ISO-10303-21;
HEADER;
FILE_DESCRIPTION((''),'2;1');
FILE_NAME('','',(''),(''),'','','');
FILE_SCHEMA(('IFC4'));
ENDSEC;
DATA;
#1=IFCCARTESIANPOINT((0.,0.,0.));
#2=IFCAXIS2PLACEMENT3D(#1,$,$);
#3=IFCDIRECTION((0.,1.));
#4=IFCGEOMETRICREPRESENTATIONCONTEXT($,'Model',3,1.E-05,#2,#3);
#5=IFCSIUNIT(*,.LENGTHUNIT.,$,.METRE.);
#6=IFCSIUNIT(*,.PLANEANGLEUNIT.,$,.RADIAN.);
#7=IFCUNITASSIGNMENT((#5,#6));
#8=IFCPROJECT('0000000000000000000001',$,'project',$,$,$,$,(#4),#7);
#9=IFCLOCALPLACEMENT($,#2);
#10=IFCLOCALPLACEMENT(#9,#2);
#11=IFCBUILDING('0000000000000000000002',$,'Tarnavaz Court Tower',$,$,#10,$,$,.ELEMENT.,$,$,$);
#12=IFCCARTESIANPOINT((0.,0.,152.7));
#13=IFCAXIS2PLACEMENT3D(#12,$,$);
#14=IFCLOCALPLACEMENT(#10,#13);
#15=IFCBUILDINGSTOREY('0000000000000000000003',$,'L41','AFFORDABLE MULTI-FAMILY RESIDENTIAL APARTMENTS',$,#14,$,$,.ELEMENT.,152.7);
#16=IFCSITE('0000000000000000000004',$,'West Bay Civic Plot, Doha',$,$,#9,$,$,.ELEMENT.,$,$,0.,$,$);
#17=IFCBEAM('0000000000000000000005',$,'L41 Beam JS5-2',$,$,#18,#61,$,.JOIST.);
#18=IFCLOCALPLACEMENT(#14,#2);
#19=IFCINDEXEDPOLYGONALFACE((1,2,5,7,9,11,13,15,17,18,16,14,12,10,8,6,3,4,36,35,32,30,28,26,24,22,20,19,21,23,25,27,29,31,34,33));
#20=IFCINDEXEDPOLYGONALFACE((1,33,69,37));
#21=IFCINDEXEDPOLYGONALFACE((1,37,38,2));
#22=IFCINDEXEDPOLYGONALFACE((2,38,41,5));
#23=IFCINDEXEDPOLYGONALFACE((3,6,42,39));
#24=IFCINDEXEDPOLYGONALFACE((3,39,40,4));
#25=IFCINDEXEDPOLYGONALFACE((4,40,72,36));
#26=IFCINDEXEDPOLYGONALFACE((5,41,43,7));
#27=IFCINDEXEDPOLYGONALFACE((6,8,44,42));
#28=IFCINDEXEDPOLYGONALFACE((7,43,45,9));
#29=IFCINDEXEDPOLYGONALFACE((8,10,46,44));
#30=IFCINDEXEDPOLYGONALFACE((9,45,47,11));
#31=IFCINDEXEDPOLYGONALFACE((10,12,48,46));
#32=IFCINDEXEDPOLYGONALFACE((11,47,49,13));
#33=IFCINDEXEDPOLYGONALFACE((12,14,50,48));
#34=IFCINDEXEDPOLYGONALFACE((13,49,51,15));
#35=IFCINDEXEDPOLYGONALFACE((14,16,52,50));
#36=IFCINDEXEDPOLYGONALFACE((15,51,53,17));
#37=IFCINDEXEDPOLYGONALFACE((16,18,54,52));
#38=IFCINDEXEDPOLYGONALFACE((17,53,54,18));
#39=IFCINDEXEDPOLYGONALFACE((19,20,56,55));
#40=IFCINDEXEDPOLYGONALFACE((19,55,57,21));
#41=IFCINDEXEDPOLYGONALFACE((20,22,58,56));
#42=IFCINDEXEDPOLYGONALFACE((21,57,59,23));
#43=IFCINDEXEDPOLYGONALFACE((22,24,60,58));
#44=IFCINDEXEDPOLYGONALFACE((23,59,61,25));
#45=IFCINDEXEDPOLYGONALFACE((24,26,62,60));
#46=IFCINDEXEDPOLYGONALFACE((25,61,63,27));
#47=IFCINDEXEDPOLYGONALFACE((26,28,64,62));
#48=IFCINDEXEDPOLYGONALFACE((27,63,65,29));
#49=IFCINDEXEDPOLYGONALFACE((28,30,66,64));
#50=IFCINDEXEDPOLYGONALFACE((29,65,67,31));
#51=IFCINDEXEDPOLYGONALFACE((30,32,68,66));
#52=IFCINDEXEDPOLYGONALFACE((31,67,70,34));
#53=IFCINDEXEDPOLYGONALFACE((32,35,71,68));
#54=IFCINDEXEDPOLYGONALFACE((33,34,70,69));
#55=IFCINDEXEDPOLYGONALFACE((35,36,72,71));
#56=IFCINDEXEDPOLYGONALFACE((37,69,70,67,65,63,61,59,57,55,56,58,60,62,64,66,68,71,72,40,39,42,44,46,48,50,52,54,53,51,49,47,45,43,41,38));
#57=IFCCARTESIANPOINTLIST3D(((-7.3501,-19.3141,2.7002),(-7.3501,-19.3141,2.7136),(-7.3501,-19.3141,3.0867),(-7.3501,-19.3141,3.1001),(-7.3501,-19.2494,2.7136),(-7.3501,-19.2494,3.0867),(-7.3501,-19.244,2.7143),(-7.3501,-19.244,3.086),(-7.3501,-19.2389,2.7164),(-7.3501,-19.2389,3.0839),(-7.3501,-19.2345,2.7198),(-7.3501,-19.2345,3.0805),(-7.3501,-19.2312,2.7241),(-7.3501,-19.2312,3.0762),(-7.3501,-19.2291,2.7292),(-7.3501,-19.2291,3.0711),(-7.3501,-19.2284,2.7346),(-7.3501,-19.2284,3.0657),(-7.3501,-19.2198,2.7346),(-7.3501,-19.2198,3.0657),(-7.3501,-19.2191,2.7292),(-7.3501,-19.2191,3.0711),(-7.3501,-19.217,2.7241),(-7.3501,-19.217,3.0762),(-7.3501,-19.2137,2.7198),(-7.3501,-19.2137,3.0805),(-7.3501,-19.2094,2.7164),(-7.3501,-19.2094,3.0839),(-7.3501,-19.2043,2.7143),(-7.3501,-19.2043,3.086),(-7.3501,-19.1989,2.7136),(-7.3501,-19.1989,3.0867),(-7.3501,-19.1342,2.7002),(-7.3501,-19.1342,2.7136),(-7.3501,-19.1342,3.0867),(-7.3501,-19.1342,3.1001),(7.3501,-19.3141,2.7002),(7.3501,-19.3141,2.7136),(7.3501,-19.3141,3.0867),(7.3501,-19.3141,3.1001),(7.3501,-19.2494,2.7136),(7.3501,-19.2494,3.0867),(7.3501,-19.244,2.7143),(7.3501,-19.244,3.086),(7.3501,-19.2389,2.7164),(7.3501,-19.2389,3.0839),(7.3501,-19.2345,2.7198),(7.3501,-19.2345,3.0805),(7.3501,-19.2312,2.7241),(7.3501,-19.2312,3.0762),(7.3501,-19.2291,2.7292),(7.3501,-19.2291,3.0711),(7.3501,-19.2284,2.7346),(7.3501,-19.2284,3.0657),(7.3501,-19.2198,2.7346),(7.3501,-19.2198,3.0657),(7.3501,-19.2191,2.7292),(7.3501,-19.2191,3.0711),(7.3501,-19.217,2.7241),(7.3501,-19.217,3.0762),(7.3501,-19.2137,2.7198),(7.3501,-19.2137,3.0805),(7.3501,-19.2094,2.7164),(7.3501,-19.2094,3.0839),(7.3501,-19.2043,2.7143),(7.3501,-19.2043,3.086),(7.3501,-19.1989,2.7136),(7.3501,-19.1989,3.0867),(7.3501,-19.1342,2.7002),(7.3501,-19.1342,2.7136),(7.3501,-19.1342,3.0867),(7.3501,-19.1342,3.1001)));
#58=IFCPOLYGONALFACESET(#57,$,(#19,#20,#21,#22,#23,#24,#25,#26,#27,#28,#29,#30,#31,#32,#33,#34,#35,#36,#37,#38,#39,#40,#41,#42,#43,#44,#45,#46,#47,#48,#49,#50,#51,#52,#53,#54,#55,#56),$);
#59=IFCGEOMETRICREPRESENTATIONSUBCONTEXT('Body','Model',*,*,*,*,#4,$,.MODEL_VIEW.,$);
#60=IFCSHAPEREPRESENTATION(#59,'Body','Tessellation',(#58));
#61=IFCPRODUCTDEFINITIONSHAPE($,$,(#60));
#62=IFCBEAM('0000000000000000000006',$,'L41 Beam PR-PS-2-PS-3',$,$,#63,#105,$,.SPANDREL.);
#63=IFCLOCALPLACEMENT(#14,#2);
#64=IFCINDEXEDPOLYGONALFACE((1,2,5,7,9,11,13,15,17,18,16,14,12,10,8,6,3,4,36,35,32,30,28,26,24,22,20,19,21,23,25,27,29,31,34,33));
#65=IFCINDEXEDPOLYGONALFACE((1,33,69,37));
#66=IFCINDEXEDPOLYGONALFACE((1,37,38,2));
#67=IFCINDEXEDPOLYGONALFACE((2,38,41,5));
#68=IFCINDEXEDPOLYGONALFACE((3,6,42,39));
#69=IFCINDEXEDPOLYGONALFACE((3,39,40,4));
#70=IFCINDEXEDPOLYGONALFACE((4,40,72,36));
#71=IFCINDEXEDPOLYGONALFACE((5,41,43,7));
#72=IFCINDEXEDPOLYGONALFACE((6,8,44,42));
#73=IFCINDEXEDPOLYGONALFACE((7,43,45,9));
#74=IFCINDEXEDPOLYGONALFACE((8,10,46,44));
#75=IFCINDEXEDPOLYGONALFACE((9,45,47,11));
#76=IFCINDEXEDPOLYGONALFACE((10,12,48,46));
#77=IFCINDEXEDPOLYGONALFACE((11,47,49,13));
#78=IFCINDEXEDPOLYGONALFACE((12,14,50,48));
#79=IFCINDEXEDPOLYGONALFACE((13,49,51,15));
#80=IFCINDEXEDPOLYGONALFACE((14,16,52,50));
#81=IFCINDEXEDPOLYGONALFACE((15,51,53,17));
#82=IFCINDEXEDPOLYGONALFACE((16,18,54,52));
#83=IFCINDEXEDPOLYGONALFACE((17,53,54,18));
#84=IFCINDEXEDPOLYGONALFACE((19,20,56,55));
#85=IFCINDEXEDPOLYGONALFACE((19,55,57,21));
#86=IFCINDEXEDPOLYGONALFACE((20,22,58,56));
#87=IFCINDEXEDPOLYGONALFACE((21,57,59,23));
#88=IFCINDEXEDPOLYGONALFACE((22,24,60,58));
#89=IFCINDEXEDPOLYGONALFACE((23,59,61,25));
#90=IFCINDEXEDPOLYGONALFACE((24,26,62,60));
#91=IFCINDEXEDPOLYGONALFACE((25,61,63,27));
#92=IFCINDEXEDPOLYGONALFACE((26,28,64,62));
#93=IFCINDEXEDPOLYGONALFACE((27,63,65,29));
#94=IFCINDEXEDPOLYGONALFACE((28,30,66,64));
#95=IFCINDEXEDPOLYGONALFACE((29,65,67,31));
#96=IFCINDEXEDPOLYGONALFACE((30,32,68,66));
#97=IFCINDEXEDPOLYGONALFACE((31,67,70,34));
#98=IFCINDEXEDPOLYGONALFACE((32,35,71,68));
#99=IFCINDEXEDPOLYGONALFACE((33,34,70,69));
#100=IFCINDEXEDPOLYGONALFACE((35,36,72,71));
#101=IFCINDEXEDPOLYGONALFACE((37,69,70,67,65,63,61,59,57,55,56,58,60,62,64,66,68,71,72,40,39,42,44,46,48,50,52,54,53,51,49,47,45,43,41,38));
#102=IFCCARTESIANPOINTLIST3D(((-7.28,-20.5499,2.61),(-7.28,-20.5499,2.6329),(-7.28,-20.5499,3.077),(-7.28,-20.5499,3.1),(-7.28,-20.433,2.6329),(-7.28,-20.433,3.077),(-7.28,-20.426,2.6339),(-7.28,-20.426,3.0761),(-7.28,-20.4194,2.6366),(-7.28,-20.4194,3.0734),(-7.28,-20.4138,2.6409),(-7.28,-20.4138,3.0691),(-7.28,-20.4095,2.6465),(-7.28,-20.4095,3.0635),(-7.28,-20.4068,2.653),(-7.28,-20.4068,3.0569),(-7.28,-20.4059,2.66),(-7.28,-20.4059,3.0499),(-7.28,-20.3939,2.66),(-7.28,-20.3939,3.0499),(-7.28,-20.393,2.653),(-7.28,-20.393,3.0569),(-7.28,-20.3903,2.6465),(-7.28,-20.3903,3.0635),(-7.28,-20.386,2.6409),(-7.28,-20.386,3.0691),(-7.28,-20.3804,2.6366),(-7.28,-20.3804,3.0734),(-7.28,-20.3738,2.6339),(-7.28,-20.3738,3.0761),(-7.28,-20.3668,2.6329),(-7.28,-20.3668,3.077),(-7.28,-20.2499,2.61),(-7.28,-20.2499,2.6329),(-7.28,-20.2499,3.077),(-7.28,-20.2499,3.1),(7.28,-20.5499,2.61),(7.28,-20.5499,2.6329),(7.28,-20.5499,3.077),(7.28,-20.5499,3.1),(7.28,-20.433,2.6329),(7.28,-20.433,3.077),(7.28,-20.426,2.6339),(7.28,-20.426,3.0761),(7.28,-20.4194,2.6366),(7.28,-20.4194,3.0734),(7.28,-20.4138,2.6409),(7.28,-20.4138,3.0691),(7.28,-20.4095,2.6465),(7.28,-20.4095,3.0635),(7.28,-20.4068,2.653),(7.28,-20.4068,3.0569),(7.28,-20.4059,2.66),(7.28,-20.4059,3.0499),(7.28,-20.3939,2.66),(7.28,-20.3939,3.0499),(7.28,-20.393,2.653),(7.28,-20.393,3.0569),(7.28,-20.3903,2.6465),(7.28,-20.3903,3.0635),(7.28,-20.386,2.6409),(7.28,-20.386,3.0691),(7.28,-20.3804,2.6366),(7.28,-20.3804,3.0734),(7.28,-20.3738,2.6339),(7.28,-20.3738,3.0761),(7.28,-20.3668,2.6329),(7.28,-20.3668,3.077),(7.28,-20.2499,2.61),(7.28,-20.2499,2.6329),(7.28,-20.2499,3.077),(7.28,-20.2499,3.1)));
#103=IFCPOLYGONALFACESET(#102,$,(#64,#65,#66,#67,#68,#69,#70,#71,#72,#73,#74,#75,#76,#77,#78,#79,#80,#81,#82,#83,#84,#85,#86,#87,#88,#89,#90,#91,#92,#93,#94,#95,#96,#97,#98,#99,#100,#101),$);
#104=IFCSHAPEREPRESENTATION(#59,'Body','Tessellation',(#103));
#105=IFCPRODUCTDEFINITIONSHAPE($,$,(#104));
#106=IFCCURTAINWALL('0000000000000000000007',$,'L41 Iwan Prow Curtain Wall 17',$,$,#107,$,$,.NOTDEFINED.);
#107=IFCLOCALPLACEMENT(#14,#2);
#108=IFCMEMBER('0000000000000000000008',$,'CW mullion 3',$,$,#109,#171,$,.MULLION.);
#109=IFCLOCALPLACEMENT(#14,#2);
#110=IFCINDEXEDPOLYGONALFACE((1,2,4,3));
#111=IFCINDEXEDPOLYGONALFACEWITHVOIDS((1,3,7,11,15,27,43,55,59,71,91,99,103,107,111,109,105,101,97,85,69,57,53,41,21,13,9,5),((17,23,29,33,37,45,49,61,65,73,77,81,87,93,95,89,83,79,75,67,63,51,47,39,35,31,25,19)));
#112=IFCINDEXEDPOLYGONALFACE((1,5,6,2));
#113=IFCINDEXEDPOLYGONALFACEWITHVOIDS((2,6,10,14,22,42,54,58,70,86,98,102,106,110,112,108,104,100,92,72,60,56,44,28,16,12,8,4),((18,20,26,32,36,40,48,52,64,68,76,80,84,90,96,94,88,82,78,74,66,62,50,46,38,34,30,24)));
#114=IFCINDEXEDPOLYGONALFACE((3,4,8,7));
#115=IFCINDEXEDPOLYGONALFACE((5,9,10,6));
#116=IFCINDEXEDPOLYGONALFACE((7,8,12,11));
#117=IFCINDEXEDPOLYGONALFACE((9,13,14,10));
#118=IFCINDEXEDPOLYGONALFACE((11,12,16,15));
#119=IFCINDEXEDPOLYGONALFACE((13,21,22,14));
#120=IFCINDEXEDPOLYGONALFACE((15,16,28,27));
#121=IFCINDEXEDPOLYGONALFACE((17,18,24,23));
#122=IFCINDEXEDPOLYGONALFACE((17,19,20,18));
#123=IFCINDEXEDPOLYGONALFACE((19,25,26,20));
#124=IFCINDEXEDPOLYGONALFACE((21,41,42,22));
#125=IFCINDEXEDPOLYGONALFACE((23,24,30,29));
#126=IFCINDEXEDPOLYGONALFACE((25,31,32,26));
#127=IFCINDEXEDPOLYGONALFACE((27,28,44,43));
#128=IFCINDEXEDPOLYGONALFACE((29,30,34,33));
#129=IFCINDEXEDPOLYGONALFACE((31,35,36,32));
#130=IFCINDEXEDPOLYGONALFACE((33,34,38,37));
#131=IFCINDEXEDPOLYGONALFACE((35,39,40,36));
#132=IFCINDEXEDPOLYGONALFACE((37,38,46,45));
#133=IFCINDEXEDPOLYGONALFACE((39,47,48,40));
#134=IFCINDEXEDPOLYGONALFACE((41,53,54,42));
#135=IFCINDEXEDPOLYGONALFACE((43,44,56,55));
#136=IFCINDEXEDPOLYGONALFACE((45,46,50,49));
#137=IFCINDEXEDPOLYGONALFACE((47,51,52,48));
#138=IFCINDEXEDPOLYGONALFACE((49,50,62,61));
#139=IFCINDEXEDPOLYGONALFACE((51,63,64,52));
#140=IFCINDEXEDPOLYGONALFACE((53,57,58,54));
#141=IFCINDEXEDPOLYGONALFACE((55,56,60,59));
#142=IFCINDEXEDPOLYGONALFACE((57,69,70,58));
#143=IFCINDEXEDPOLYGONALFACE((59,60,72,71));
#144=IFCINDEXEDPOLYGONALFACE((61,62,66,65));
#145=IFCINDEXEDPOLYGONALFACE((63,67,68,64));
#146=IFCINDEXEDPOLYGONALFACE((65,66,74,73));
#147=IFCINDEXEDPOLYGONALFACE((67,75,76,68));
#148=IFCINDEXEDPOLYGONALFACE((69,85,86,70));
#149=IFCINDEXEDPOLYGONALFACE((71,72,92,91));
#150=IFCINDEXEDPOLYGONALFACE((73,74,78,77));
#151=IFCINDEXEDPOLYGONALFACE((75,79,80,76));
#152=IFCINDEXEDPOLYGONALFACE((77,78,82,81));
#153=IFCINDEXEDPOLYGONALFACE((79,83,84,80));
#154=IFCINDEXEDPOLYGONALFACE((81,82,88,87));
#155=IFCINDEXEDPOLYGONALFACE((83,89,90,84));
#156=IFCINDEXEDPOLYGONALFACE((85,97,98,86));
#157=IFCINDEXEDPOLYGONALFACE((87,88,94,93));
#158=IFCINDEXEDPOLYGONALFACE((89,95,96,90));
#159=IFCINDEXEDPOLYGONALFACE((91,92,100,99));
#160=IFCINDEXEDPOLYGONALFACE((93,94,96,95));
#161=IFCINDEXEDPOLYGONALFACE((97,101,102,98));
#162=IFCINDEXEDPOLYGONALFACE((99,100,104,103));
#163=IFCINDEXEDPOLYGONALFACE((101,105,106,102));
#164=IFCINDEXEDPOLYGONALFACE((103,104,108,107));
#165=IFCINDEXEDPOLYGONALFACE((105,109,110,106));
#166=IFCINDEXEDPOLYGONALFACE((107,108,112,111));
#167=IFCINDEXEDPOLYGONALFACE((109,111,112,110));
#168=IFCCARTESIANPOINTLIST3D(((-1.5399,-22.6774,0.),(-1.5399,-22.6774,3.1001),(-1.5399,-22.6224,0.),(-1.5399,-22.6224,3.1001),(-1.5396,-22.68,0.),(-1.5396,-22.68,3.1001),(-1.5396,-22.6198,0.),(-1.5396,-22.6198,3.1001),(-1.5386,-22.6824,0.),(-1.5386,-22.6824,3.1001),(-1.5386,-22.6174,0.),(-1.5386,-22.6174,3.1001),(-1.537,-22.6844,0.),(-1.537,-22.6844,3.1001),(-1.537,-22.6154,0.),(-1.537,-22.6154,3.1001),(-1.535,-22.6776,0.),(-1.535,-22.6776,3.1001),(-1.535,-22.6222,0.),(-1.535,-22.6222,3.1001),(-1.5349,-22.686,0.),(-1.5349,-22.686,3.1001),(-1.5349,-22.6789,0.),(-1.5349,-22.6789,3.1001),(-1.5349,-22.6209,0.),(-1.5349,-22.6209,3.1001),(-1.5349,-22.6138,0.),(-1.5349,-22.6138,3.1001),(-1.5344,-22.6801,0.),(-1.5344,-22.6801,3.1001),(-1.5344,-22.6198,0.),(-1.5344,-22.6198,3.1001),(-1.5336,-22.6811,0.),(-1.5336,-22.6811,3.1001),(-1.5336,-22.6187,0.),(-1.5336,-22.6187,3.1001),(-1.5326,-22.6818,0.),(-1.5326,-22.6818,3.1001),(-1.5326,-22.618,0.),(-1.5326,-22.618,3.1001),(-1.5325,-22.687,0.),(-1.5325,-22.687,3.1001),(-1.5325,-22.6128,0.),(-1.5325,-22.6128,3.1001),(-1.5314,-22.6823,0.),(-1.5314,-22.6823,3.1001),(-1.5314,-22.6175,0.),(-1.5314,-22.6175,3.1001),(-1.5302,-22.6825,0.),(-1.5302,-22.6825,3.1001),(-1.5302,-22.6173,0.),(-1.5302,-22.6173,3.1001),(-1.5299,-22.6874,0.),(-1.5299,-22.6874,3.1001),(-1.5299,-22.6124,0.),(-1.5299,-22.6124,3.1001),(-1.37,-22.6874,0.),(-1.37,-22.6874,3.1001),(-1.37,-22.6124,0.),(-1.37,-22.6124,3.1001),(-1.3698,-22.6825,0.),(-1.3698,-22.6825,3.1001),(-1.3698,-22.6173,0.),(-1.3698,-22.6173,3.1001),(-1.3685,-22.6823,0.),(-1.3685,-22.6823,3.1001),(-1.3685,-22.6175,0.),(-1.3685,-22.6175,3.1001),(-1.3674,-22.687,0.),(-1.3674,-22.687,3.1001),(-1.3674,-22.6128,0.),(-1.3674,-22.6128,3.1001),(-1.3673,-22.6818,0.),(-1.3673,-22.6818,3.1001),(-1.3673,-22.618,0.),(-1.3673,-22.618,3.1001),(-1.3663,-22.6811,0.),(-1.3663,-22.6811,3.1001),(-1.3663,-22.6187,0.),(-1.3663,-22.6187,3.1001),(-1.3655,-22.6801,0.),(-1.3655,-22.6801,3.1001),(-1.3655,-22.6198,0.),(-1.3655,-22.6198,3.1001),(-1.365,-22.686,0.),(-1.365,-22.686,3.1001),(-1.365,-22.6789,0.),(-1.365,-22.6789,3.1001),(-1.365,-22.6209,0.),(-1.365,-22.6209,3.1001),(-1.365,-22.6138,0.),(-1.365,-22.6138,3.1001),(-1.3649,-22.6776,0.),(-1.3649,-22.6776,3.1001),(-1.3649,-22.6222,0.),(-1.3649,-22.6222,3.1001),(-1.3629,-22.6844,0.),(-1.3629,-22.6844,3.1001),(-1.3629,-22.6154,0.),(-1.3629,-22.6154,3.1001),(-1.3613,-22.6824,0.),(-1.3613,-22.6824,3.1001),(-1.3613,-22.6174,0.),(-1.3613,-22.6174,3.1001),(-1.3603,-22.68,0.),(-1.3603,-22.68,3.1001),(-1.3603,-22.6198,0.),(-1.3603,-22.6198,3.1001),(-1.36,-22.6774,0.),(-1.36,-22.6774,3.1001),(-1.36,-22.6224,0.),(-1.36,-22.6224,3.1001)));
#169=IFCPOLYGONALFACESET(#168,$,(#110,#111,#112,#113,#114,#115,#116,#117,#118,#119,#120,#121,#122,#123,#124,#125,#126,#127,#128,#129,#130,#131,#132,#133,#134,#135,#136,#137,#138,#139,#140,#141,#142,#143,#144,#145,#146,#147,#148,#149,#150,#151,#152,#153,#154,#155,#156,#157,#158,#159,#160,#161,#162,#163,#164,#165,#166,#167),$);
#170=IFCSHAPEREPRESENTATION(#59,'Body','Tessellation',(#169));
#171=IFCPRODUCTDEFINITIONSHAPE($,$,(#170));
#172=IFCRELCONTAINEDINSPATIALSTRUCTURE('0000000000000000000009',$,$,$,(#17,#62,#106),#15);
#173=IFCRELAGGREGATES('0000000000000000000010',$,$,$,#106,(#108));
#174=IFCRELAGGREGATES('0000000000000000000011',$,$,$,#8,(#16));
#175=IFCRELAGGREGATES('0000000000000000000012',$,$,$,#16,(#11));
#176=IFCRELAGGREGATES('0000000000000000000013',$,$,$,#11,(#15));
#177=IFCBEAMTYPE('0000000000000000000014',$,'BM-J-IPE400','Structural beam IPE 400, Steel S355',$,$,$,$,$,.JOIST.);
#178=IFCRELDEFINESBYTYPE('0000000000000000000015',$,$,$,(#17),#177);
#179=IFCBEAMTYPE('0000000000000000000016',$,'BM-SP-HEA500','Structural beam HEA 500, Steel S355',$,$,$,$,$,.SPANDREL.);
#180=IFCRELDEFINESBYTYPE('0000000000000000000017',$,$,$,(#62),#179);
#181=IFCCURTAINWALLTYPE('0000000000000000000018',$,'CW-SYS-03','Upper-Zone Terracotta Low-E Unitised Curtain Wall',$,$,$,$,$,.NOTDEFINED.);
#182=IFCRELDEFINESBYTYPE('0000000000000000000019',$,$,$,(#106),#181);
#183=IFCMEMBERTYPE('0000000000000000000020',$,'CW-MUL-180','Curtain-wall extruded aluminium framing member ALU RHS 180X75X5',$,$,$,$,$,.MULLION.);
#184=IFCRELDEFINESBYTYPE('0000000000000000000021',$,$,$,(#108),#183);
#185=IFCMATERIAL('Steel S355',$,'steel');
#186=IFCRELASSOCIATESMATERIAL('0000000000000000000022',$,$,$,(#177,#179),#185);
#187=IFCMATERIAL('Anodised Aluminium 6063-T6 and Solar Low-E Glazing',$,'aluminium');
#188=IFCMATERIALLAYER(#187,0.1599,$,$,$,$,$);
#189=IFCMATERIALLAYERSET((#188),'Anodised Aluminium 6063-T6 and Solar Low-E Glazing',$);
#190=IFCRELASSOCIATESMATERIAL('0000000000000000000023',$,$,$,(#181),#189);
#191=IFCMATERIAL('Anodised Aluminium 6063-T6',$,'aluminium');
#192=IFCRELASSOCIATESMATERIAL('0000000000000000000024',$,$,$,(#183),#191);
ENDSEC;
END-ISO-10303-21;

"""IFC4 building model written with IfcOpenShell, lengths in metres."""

from ifc_helpers import new_model, si_unit, direction, frame, origin, origin_2d, place, context, subcontext, project, spatial, hollow_rectangle, i_section, extrude, material, layer, layer_set, material_profile, profile_set, type_object, element, aggregate, save


model = new_model("IFC4")

# Units and contexts
model_context = context("Model", 3, precision=1e-05, world=origin(), true_north=direction((0.0, 1.0)))
body_context = subcontext(model_context, "Body", "Model", "MODEL_VIEW")
ifc_project = project(units=[si_unit("LENGTHUNIT", "METRE"), si_unit("PLANEANGLEUNIT", "RADIAN")], contexts=[model_context])

# Site, building, storey
site_placement = place(None, origin())
site = spatial("IfcSite", under=ifc_project, at=site_placement, Name="West Bay Civic Plot, Doha", CompositionType="ELEMENT", RefElevation=0.0)
building_placement = place(site_placement, origin())
building = spatial("IfcBuilding", under=site, at=building_placement, Name="Tarnavaz Court Tower", CompositionType="ELEMENT")
storey_placement = place(building_placement, frame((0.0, 0.0, 152.7)))
storey = spatial("IfcBuildingStorey", under=building, at=storey_placement, Name="L41", Description="AFFORDABLE MULTI-FAMILY RESIDENTIAL APARTMENTS", CompositionType="ELEMENT", Elevation=152.7)

# Beams
ifc_material_1 = material(Name="Steel S355", Category="steel")
ifc_material_profile_1 = material_profile(ifc_material_1, i_section(OverallWidth=0.1799, OverallDepth=0.3999, WebThickness=0.0085, FlangeThickness=0.0134, FilletRadius=0.021, at=origin_2d()), Name="IPE 400")
ifc_profile_set_1 = profile_set([ifc_material_profile_1], Name="Steel S355")
beam_type_1 = type_object("IfcBeamType", Name="BM-J-IPE400", Description="Structural beam IPE 400, Steel S355", PredefinedType="JOIST", material=ifc_profile_set_1)
for number, where, z_axis, x_axis, name in (
    (1, (-7.3501, -19.2241, 2.9001), (1.0, 0.0, 0.0), (0.0, 1.0, 0.0), "L41 Beam JS5-2"),
):
    element("IfcBeam", number, at=place(storey_placement, frame(where, z_axis=z_axis, x_axis=x_axis)), inside=storey, type_object=beam_type_1, Name=name, PredefinedType="JOIST", context=body_context, shape_type="SweptSolid", body=[
        extrude(i_section(OverallWidth=0.1799, OverallDepth=0.3999, WebThickness=0.0085, FlangeThickness=0.0134, FilletRadius=0.021, at=origin_2d()), origin(), (0.0, 0.0, 1.0), 14.7002),
    ])
ifc_material_profile_2 = material_profile(ifc_material_1, i_section(OverallWidth=0.3, OverallDepth=0.49, WebThickness=0.012, FlangeThickness=0.0229, FilletRadius=0.0271, at=origin_2d()), Name="HEA 500")
ifc_profile_set_2 = profile_set([ifc_material_profile_2], Name="Steel S355")
beam_type_2 = type_object("IfcBeamType", Name="BM-SP-HEA500", Description="Structural beam HEA 500, Steel S355", PredefinedType="SPANDREL", material=ifc_profile_set_2)
beam_placement = place(storey_placement, frame((-7.28, -20.3999, 2.855), z_axis=(1.0, 0.0, 0.0), x_axis=(0.0, 1.0, 0.0)))
element("IfcBeam", 2, at=beam_placement, inside=storey, type_object=beam_type_2, Name="L41 Beam PR-PS-2-PS-3", PredefinedType="SPANDREL", context=body_context, shape_type="SweptSolid", body=[
    extrude(i_section(OverallWidth=0.3, OverallDepth=0.49, WebThickness=0.012, FlangeThickness=0.0229, FilletRadius=0.0271, at=origin_2d()), origin(), (0.0, 0.0, 1.0), 14.5601),
])

# Curtain wall, member
ifc_material_2 = material(Name="Anodised Aluminium 6063-T6 and Solar Low-E Glazing", Category="aluminium")
ifc_layer_1 = layer(ifc_material_2, 0.1599)
ifc_layer_set_1 = layer_set([ifc_layer_1], Name="Anodised Aluminium 6063-T6 and Solar Low-E Glazing")
curtain_wall_type = type_object("IfcCurtainWallType", Name="CW-SYS-03", Description="Upper-Zone Terracotta Low-E Unitised Curtain Wall", PredefinedType="NOTDEFINED", material=ifc_layer_set_1)
curtain_wall_placement = place(storey_placement, origin())
curtain_wall = element("IfcCurtainWall", 3, at=curtain_wall_placement, inside=storey, type_object=curtain_wall_type, Name="L41 Iwan Prow Curtain Wall 17", PredefinedType="NOTDEFINED")
ifc_material_3 = material(Name="Anodised Aluminium 6063-T6", Category="aluminium")
ifc_material_profile_3 = material_profile(ifc_material_3, hollow_rectangle(XDim=0.075, YDim=0.1799, WallThickness=0.0049, InnerFilletRadius=0.0049, OuterFilletRadius=0.01, at=origin_2d()), Name="ALU RHS 180X75X5")
ifc_profile_set_3 = profile_set([ifc_material_profile_3], Name="Anodised Aluminium 6063-T6")
member_type_1 = type_object("IfcMemberType", Name="CW-MUL-180", Description="Curtain-wall extruded aluminium framing member ALU RHS 180X75X5", PredefinedType="MULLION", material=ifc_profile_set_3)
member_1_placement = place(storey_placement, frame((-1.45, -22.6499, 0.0), z_axis=(0.0, 0.0, 1.0), x_axis=(0.0, -1.0, 0.0)))
member_1 = element("IfcMember", 4, at=member_1_placement, type_object=member_type_1, Name="CW mullion 3", PredefinedType="MULLION", context=body_context, shape_type="SweptSolid", body=[
    extrude(hollow_rectangle(XDim=0.075, YDim=0.1799, WallThickness=0.0049, InnerFilletRadius=0.0049, OuterFilletRadius=0.01, at=origin_2d()), origin(), (0.0, 0.0, 1.0), 3.1001),
])
aggregate(curtain_wall, [member_1])

save(model, "model.ifc")
